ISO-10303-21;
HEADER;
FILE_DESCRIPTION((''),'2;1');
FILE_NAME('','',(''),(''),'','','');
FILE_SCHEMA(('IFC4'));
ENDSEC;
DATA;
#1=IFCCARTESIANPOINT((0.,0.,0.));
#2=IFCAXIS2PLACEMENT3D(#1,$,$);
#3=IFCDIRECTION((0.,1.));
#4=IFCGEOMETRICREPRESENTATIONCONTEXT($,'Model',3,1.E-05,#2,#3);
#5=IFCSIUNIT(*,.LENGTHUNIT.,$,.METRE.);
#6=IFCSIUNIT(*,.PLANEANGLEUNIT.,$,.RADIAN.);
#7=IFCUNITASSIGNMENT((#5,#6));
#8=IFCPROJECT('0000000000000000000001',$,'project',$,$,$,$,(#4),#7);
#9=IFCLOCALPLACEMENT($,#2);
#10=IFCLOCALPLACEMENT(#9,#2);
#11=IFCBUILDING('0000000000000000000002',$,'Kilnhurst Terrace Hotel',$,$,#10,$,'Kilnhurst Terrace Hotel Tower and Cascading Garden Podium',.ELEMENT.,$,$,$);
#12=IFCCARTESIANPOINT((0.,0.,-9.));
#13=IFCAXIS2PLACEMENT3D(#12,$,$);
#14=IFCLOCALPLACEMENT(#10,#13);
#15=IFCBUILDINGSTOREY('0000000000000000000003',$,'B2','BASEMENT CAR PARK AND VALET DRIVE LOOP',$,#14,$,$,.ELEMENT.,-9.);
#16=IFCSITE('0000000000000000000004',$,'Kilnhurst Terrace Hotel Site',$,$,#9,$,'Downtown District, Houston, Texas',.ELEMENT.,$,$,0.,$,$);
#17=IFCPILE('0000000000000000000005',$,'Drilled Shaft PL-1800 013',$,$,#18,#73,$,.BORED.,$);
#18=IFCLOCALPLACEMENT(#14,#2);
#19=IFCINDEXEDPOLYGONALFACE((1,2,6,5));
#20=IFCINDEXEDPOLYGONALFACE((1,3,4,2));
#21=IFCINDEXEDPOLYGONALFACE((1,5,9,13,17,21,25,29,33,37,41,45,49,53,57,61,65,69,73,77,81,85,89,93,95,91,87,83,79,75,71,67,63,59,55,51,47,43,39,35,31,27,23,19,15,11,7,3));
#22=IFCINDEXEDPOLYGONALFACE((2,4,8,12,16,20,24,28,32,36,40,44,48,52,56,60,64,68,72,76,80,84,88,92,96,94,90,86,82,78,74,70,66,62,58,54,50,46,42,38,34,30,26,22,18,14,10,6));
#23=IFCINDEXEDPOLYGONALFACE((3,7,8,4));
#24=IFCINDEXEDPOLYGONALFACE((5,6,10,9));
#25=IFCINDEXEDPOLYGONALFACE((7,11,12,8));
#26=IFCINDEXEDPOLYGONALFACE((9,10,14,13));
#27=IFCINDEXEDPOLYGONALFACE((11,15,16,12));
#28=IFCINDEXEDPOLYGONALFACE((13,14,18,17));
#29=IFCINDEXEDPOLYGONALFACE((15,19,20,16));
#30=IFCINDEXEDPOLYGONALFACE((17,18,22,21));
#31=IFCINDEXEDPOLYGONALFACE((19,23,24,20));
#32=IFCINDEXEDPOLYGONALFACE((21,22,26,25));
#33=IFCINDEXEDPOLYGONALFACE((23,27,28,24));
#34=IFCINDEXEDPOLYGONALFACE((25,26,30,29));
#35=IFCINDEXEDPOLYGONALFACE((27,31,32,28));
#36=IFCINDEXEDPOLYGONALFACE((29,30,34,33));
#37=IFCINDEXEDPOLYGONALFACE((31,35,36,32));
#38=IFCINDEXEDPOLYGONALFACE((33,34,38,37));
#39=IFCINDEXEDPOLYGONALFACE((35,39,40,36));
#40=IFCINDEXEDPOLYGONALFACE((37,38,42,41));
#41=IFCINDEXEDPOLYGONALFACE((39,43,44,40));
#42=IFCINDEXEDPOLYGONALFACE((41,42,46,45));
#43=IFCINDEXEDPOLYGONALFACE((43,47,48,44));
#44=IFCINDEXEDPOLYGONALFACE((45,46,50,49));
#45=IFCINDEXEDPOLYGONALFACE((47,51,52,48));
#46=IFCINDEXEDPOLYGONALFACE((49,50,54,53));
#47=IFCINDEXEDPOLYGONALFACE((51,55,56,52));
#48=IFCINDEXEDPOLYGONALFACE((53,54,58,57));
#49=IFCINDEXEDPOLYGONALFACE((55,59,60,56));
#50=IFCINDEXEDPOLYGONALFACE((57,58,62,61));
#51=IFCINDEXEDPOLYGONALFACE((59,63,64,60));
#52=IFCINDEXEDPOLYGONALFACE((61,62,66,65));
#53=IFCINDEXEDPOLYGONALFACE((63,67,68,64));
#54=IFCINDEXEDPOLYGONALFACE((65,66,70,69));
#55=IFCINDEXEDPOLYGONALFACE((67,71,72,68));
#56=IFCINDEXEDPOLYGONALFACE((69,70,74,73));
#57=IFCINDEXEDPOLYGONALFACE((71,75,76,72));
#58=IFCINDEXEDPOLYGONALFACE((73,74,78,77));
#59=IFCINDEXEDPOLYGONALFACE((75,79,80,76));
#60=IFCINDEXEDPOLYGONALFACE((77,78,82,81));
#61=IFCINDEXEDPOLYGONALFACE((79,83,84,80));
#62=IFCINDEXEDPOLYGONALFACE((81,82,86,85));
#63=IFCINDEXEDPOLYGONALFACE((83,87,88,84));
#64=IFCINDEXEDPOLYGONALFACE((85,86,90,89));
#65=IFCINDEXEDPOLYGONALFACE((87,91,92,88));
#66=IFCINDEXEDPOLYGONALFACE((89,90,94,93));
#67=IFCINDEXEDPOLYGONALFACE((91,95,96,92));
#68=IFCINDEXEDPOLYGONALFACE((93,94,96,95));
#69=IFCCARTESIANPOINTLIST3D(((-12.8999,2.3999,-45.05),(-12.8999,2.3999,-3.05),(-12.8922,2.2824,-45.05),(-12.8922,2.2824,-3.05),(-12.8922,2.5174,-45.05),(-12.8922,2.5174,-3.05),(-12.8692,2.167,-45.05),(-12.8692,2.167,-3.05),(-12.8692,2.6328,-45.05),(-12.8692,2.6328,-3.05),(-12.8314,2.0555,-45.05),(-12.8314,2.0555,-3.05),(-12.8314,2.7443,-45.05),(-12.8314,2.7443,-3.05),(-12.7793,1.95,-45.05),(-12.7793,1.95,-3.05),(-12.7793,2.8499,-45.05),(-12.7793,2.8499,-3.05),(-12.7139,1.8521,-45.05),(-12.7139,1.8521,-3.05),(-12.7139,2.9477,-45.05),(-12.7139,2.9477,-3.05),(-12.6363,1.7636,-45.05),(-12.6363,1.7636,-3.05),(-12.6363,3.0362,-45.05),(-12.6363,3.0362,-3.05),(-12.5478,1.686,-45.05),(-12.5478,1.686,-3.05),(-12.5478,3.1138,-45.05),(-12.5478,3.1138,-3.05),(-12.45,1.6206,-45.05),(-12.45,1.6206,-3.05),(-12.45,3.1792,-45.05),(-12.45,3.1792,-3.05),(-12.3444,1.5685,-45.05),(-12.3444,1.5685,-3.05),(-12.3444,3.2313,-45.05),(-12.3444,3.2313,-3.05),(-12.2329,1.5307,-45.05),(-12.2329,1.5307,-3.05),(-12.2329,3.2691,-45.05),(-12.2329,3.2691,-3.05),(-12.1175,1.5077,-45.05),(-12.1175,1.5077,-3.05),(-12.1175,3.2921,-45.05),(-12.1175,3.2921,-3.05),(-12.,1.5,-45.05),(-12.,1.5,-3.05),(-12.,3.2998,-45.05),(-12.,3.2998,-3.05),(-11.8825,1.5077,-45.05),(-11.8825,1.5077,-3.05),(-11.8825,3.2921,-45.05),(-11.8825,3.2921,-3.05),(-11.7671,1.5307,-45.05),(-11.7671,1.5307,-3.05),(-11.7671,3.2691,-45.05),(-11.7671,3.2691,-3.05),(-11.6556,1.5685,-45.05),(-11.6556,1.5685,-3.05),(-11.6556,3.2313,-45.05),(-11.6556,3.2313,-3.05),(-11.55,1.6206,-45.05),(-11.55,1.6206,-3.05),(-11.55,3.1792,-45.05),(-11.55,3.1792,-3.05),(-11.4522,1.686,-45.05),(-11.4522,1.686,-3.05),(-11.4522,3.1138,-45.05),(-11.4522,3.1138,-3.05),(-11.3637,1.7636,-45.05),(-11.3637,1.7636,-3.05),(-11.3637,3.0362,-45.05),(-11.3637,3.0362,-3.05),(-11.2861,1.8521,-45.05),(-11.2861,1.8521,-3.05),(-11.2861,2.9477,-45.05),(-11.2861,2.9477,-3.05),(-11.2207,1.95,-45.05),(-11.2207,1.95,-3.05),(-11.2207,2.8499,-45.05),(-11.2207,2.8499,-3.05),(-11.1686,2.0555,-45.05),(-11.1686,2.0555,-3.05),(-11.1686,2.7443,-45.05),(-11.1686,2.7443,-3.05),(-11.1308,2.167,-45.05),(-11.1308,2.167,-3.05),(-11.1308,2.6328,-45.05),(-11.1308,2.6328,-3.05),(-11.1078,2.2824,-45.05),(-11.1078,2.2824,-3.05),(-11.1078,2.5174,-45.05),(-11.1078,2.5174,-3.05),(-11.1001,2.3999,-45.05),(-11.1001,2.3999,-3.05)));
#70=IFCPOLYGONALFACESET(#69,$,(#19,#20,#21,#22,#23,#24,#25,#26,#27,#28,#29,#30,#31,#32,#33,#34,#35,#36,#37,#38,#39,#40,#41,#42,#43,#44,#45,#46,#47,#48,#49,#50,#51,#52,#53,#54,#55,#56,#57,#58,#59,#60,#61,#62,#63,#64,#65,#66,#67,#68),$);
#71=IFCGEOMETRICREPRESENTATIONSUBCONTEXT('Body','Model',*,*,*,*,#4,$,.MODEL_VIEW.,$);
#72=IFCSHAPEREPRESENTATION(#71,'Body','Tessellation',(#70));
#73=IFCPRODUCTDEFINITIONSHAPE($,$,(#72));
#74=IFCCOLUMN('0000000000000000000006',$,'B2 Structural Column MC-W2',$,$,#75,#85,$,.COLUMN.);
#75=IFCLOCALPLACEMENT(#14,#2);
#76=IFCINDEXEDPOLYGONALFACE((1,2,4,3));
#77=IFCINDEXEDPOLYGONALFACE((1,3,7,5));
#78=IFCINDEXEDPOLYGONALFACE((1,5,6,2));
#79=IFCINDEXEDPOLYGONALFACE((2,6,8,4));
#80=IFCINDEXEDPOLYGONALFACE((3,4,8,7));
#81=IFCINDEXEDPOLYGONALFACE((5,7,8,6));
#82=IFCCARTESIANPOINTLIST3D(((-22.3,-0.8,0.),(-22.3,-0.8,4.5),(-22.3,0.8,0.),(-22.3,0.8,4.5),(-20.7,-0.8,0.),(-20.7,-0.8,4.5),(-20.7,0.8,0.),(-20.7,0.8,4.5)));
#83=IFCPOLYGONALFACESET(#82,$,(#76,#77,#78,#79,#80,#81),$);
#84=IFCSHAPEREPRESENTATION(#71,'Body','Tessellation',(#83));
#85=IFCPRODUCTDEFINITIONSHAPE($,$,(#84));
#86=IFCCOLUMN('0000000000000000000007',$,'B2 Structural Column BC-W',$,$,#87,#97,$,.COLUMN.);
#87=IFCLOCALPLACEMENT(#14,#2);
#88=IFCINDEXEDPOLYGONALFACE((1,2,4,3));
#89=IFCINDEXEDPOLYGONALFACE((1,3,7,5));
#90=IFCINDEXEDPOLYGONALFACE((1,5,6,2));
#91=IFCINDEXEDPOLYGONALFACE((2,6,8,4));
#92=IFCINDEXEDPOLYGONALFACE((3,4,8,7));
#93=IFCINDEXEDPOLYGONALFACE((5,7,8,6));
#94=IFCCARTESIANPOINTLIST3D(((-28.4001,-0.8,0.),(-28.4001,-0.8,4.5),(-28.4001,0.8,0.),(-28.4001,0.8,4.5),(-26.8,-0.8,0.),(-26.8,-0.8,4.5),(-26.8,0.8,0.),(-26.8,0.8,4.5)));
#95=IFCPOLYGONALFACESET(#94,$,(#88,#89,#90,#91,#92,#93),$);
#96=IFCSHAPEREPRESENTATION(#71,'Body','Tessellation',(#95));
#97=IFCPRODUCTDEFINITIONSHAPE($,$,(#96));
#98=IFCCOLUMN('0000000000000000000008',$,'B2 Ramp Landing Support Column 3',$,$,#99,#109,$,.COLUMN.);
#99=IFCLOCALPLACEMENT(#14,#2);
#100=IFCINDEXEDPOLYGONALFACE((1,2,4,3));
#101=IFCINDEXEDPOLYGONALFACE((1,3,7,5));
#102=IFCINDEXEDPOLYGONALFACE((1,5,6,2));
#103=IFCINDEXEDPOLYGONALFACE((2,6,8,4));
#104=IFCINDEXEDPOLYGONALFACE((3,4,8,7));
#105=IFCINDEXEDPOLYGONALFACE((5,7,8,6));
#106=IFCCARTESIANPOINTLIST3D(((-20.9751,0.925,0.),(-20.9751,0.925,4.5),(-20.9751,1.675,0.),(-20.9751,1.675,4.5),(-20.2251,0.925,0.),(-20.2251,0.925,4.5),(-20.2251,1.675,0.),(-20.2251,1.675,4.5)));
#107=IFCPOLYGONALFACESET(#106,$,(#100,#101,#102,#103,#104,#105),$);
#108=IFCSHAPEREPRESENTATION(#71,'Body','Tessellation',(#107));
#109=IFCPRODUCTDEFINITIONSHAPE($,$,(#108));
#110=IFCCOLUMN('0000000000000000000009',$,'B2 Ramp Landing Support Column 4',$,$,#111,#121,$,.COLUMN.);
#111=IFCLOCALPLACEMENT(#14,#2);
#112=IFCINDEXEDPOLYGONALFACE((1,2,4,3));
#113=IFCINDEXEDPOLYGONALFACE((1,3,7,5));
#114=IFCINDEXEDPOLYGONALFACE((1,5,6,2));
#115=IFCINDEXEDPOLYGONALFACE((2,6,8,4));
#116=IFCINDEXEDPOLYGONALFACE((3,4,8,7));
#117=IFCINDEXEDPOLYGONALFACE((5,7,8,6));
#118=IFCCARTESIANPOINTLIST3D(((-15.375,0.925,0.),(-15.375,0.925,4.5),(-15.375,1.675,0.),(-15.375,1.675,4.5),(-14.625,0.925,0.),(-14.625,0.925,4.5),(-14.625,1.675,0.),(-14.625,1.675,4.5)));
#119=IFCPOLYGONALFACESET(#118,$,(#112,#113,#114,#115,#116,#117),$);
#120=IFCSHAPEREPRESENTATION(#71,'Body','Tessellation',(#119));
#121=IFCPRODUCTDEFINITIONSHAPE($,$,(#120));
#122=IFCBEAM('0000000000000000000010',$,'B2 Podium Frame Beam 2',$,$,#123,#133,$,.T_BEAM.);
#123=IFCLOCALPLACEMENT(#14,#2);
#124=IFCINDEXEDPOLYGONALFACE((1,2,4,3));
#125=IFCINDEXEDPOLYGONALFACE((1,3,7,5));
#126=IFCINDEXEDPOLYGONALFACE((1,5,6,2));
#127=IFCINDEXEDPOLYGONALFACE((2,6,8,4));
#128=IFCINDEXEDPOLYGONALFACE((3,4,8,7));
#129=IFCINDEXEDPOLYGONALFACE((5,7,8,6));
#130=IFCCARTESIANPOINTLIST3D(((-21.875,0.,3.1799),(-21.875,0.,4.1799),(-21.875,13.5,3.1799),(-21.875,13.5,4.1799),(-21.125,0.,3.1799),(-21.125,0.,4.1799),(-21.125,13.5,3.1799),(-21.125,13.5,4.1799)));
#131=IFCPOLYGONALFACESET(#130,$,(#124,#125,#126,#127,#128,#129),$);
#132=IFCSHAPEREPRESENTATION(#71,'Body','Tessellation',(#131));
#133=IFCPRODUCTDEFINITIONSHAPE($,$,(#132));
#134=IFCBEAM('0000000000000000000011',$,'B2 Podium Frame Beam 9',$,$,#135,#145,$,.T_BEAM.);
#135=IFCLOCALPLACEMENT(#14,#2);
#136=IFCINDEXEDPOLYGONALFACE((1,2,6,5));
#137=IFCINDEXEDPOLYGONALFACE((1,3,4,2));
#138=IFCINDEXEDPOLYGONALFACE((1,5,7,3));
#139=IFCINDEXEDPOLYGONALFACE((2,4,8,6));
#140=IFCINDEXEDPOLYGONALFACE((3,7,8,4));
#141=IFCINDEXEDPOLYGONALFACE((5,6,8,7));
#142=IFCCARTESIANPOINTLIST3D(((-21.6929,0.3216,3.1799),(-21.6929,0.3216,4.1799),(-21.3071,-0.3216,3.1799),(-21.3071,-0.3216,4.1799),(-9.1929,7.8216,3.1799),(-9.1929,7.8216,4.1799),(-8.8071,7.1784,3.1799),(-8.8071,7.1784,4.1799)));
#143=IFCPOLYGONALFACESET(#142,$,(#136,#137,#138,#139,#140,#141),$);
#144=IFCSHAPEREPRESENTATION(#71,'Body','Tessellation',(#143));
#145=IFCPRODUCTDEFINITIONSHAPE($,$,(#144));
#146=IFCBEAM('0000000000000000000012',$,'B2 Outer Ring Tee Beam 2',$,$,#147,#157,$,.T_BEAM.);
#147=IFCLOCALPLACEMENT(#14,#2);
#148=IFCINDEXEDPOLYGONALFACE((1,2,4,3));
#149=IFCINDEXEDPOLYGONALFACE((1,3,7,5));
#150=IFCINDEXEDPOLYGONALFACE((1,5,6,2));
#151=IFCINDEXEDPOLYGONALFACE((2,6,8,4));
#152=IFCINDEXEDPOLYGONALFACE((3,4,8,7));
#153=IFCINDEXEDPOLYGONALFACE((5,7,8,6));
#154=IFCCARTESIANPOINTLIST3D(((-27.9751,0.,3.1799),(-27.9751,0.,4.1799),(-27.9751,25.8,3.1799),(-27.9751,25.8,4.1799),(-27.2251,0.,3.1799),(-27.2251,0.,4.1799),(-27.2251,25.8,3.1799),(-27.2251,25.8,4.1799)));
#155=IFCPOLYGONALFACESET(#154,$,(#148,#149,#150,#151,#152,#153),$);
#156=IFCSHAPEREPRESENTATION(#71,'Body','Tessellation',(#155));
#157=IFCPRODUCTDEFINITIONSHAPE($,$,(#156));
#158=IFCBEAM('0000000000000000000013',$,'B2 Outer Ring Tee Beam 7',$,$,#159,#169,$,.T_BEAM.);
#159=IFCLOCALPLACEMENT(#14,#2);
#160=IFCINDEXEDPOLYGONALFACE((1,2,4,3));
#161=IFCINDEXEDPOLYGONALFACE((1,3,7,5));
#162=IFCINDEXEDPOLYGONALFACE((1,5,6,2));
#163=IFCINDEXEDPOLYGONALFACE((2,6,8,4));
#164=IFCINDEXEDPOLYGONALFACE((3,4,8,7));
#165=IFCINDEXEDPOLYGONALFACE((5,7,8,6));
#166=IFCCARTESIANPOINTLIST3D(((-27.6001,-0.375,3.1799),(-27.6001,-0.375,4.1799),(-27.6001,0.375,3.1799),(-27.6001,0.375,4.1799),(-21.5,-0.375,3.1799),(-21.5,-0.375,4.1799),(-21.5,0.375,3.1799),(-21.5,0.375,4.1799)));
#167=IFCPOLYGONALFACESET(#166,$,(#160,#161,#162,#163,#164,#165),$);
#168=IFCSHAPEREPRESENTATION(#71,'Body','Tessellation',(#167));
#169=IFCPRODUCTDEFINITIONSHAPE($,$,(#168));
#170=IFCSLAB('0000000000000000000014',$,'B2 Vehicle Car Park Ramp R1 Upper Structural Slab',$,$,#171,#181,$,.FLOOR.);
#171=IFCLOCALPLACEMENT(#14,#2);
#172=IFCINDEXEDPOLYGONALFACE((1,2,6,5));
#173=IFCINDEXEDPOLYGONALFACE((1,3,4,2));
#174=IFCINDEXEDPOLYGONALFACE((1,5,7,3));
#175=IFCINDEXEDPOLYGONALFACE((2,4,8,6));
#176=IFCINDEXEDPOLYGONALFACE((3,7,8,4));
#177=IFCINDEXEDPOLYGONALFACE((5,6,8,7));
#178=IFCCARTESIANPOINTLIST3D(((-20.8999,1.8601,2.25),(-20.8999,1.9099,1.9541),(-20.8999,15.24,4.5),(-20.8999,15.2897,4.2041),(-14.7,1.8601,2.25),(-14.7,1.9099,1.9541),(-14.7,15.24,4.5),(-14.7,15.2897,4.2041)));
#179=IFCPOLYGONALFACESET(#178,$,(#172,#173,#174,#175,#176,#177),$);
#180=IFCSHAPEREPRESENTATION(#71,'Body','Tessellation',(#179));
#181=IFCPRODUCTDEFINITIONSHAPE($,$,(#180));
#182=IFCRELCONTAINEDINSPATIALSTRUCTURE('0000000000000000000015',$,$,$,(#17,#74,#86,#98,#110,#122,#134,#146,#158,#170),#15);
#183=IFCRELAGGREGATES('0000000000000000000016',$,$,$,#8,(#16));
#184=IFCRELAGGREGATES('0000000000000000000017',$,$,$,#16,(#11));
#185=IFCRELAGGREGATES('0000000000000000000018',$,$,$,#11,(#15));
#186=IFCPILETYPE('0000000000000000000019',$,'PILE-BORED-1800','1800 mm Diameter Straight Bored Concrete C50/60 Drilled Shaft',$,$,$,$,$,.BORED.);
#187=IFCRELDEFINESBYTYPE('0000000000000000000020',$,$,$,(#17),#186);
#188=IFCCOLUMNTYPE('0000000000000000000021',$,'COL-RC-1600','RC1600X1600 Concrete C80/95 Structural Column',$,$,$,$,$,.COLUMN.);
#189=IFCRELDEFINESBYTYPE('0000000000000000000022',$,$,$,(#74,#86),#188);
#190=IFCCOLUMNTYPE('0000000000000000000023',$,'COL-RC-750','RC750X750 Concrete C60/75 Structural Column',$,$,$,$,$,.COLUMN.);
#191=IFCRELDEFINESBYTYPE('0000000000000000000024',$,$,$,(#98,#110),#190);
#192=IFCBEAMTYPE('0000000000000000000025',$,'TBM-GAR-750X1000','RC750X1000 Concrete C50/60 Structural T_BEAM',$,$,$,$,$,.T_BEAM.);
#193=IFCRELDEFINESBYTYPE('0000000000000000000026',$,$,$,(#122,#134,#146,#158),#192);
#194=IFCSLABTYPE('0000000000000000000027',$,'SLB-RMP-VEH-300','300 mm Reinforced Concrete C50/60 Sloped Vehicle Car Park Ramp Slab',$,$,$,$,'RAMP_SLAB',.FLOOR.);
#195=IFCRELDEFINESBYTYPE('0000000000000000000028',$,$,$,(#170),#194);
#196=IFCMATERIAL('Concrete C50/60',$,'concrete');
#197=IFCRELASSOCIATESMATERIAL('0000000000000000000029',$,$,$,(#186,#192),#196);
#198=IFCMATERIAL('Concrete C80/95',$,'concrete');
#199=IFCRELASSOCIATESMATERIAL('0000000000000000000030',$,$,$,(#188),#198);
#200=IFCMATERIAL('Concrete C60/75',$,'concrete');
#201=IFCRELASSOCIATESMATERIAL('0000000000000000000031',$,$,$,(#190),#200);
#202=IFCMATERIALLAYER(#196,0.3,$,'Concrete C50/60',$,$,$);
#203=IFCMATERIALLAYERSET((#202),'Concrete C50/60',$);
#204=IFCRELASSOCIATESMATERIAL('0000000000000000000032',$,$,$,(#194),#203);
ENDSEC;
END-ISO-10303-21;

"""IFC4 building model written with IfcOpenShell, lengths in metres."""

from ifc_helpers import new_model, si_unit, direction, frame, origin, origin_2d, place, context, subcontext, project, spatial, polyline, rectangle, circle, outline, extrude, material, layer, layer_set, material_profile, profile_set, type_object, element, save


model = new_model("IFC4")

# Units and contexts
model_context = context("Model", 3, precision=1e-05, world=origin(), true_north=direction((0.0, 1.0)))
body_context = subcontext(model_context, "Body", "Model", "MODEL_VIEW")
ifc_project = project(units=[si_unit("LENGTHUNIT", "METRE"), si_unit("PLANEANGLEUNIT", "RADIAN")], contexts=[model_context])

# Site, building, storey
site_placement = place(None, origin())
site = spatial("IfcSite", under=ifc_project, at=site_placement, Name="Kilnhurst Terrace Hotel Site", LongName="Downtown District, Houston, Texas", CompositionType="ELEMENT", RefElevation=0.0)
building_placement = place(site_placement, origin())
building = spatial("IfcBuilding", under=site, at=building_placement, Name="Kilnhurst Terrace Hotel", LongName="Kilnhurst Terrace Hotel Tower and Cascading Garden Podium", CompositionType="ELEMENT")
storey_placement = place(building_placement, frame((0.0, 0.0, -9.0)))
storey = spatial("IfcBuildingStorey", under=building, at=storey_placement, Name="B2", Description="BASEMENT CAR PARK AND VALET DRIVE LOOP", CompositionType="ELEMENT", Elevation=-9.0)

# Pile
ifc_material_1 = material(Name="Concrete C50/60", Category="concrete")
ifc_material_profile_1 = material_profile(ifc_material_1, circle(Radius=0.8999, at=origin_2d()), Name="PILE1800")
ifc_profile_set_1 = profile_set([ifc_material_profile_1], Name="Concrete C50/60")
pile_type_1 = type_object("IfcPileType", Name="PILE-BORED-1800", Description="1800 mm Diameter Straight Bored Concrete C50/60 Drilled Shaft", PredefinedType="BORED", material=ifc_profile_set_1)
for number, where, z_axis, x_axis, name in (
    (1, (-12.0, 2.3999, -3.05), (0.0, 0.0, -1.0), (1.0, 0.0, 0.0), "Drilled Shaft PL-1800 013"),
):
    element("IfcPile", number, at=place(storey_placement, frame(where, z_axis=z_axis, x_axis=x_axis)), inside=storey, type_object=pile_type_1, Name=name, PredefinedType="BORED", context=body_context, shape_type="SweptSolid", body=[
        extrude(circle(Radius=0.8999, at=origin_2d()), origin(), (0.0, 0.0, 1.0), 42.0),
    ])

# Columns
ifc_material_2 = material(Name="Concrete C80/95", Category="concrete")
ifc_material_profile_2 = material_profile(ifc_material_2, rectangle(XDim=1.6001, YDim=1.6001, at=origin_2d()), Name="RC1600X1600")
ifc_profile_set_2 = profile_set([ifc_material_profile_2], Name="Concrete C80/95")
column_type_1 = type_object("IfcColumnType", Name="COL-RC-1600", Description="RC1600X1600 Concrete C80/95 Structural Column", PredefinedType="COLUMN", material=ifc_profile_set_2)
for number, where, z_axis, x_axis, name in (
    (2, (-21.5, 0.0, 0.0), (0.0, 0.0, 1.0), (1.0, 0.0, 0.0), "B2 Structural Column MC-W2"),
    (3, (-27.6001, 0.0, 0.0), (0.0, 0.0, 1.0), (1.0, 0.0, 0.0), "B2 Structural Column BC-W"),
):
    element("IfcColumn", number, at=place(storey_placement, frame(where, z_axis=z_axis, x_axis=x_axis)), inside=storey, type_object=column_type_1, Name=name, PredefinedType="COLUMN", context=body_context, shape_type="SweptSolid", body=[
        extrude(rectangle(XDim=1.6001, YDim=1.6001, at=origin_2d()), origin(), (0.0, 0.0, 1.0), 4.5),
    ])
ifc_material_3 = material(Name="Concrete C60/75", Category="concrete")
ifc_material_profile_3 = material_profile(ifc_material_3, rectangle(XDim=0.75, YDim=0.75, at=origin_2d()), Name="RC750X750")
ifc_profile_set_3 = profile_set([ifc_material_profile_3], Name="Concrete C60/75")
column_type_2 = type_object("IfcColumnType", Name="COL-RC-750", Description="RC750X750 Concrete C60/75 Structural Column", PredefinedType="COLUMN", material=ifc_profile_set_3)
for number, where, z_axis, x_axis, name in (
    (4, (-20.6001, 1.3, 0.0), (0.0, 0.0, 1.0), (1.0, 0.0, 0.0), "B2 Ramp Landing Support Column 3"),
    (5, (-15.0, 1.3, 0.0), (0.0, 0.0, 1.0), (1.0, 0.0, 0.0), "B2 Ramp Landing Support Column 4"),
):
    element("IfcColumn", number, at=place(storey_placement, frame(where, z_axis=z_axis, x_axis=x_axis)), inside=storey, type_object=column_type_2, Name=name, PredefinedType="COLUMN", context=body_context, shape_type="SweptSolid", body=[
        extrude(rectangle(XDim=0.75, YDim=0.75, at=origin_2d()), origin(), (0.0, 0.0, 1.0), 4.5),
    ])

# Beams
ifc_material_profile_4 = material_profile(ifc_material_1, rectangle(XDim=0.75, YDim=1.0, at=origin_2d()), Name="RC750X1000")
ifc_profile_set_4 = profile_set([ifc_material_profile_4], Name="Concrete C50/60")
beam_type = type_object("IfcBeamType", Name="TBM-GAR-750X1000", Description="RC750X1000 Concrete C50/60 Structural T_BEAM", PredefinedType="T_BEAM", material=ifc_profile_set_4)
beam_1_placement = place(storey_placement, frame((-21.5, 0.0, 3.6799), z_axis=(0.0, 1.0, 0.0), x_axis=(-1.0, 0.0, 0.0)))
element("IfcBeam", 6, at=beam_1_placement, inside=storey, type_object=beam_type, Name="B2 Podium Frame Beam 2", PredefinedType="T_BEAM", context=body_context, shape_type="SweptSolid", body=[
    extrude(rectangle(XDim=0.75, YDim=1.0, at=origin_2d()), origin(), (0.0, 0.0, 1.0), 13.5),
])
beam_2_placement = place(storey_placement, frame((-21.5, 0.0, 3.6799), z_axis=(0.857493, 0.514496, 0.0), x_axis=(-0.514496, 0.857493, 0.0)))
element("IfcBeam", 7, at=beam_2_placement, inside=storey, type_object=beam_type, Name="B2 Podium Frame Beam 9", PredefinedType="T_BEAM", context=body_context, shape_type="SweptSolid", body=[
    extrude(rectangle(XDim=0.75, YDim=1.0, at=origin_2d()), origin(), (0.0, 0.0, 1.0), 14.5774),
])
beam_3_placement = place(storey_placement, frame((-27.6001, 0.0, 3.6799), z_axis=(0.0, 1.0, 0.0), x_axis=(-1.0, 0.0, 0.0)))
element("IfcBeam", 8, at=beam_3_placement, inside=storey, type_object=beam_type, Name="B2 Outer Ring Tee Beam 2", PredefinedType="T_BEAM", context=body_context, shape_type="SweptSolid", body=[
    extrude(rectangle(XDim=0.75, YDim=1.0, at=origin_2d()), origin(), (0.0, 0.0, 1.0), 25.8),
])
beam_4_placement = place(storey_placement, frame((-27.6001, 0.0, 3.6799), z_axis=(1.0, 0.0, 0.0), x_axis=(0.0, 1.0, 0.0)))
element("IfcBeam", 9, at=beam_4_placement, inside=storey, type_object=beam_type, Name="B2 Outer Ring Tee Beam 7", PredefinedType="T_BEAM", context=body_context, shape_type="SweptSolid", body=[
    extrude(rectangle(XDim=0.75, YDim=1.0, at=origin_2d()), origin(), (0.0, 0.0, 1.0), 6.1001),
])

# Slab
ifc_layer_1 = layer(ifc_material_1, 0.3, Name="Concrete C50/60")
ifc_layer_set_1 = layer_set([ifc_layer_1], Name="Concrete C50/60")
slab_type = type_object("IfcSlabType", Name="SLB-RMP-VEH-300", Description="300 mm Reinforced Concrete C50/60 Sloped Vehicle Car Park Ramp Slab", ElementType="RAMP_SLAB", PredefinedType="FLOOR", material=ifc_layer_set_1)
slab_placement = place(storey_placement, frame((-20.8999, 1.8601, 2.25), z_axis=(0.0, -0.165834, 0.986154), x_axis=(1.0, 0.0, 0.0)))
element("IfcSlab", 10, at=slab_placement, inside=storey, type_object=slab_type, Name="B2 Vehicle Car Park Ramp R1 Upper Structural Slab", PredefinedType="FLOOR", context=body_context, shape_type="SweptSolid", body=[
    extrude(outline(polyline([(0.0, 0.0), (6.2, 0.0), (6.2, 13.5677), (0.0, 13.5677), (0.0, 0.0)])), origin(), (0.0, 0.0, -1.0), 0.3),
])

save(model, "model.ifc")
